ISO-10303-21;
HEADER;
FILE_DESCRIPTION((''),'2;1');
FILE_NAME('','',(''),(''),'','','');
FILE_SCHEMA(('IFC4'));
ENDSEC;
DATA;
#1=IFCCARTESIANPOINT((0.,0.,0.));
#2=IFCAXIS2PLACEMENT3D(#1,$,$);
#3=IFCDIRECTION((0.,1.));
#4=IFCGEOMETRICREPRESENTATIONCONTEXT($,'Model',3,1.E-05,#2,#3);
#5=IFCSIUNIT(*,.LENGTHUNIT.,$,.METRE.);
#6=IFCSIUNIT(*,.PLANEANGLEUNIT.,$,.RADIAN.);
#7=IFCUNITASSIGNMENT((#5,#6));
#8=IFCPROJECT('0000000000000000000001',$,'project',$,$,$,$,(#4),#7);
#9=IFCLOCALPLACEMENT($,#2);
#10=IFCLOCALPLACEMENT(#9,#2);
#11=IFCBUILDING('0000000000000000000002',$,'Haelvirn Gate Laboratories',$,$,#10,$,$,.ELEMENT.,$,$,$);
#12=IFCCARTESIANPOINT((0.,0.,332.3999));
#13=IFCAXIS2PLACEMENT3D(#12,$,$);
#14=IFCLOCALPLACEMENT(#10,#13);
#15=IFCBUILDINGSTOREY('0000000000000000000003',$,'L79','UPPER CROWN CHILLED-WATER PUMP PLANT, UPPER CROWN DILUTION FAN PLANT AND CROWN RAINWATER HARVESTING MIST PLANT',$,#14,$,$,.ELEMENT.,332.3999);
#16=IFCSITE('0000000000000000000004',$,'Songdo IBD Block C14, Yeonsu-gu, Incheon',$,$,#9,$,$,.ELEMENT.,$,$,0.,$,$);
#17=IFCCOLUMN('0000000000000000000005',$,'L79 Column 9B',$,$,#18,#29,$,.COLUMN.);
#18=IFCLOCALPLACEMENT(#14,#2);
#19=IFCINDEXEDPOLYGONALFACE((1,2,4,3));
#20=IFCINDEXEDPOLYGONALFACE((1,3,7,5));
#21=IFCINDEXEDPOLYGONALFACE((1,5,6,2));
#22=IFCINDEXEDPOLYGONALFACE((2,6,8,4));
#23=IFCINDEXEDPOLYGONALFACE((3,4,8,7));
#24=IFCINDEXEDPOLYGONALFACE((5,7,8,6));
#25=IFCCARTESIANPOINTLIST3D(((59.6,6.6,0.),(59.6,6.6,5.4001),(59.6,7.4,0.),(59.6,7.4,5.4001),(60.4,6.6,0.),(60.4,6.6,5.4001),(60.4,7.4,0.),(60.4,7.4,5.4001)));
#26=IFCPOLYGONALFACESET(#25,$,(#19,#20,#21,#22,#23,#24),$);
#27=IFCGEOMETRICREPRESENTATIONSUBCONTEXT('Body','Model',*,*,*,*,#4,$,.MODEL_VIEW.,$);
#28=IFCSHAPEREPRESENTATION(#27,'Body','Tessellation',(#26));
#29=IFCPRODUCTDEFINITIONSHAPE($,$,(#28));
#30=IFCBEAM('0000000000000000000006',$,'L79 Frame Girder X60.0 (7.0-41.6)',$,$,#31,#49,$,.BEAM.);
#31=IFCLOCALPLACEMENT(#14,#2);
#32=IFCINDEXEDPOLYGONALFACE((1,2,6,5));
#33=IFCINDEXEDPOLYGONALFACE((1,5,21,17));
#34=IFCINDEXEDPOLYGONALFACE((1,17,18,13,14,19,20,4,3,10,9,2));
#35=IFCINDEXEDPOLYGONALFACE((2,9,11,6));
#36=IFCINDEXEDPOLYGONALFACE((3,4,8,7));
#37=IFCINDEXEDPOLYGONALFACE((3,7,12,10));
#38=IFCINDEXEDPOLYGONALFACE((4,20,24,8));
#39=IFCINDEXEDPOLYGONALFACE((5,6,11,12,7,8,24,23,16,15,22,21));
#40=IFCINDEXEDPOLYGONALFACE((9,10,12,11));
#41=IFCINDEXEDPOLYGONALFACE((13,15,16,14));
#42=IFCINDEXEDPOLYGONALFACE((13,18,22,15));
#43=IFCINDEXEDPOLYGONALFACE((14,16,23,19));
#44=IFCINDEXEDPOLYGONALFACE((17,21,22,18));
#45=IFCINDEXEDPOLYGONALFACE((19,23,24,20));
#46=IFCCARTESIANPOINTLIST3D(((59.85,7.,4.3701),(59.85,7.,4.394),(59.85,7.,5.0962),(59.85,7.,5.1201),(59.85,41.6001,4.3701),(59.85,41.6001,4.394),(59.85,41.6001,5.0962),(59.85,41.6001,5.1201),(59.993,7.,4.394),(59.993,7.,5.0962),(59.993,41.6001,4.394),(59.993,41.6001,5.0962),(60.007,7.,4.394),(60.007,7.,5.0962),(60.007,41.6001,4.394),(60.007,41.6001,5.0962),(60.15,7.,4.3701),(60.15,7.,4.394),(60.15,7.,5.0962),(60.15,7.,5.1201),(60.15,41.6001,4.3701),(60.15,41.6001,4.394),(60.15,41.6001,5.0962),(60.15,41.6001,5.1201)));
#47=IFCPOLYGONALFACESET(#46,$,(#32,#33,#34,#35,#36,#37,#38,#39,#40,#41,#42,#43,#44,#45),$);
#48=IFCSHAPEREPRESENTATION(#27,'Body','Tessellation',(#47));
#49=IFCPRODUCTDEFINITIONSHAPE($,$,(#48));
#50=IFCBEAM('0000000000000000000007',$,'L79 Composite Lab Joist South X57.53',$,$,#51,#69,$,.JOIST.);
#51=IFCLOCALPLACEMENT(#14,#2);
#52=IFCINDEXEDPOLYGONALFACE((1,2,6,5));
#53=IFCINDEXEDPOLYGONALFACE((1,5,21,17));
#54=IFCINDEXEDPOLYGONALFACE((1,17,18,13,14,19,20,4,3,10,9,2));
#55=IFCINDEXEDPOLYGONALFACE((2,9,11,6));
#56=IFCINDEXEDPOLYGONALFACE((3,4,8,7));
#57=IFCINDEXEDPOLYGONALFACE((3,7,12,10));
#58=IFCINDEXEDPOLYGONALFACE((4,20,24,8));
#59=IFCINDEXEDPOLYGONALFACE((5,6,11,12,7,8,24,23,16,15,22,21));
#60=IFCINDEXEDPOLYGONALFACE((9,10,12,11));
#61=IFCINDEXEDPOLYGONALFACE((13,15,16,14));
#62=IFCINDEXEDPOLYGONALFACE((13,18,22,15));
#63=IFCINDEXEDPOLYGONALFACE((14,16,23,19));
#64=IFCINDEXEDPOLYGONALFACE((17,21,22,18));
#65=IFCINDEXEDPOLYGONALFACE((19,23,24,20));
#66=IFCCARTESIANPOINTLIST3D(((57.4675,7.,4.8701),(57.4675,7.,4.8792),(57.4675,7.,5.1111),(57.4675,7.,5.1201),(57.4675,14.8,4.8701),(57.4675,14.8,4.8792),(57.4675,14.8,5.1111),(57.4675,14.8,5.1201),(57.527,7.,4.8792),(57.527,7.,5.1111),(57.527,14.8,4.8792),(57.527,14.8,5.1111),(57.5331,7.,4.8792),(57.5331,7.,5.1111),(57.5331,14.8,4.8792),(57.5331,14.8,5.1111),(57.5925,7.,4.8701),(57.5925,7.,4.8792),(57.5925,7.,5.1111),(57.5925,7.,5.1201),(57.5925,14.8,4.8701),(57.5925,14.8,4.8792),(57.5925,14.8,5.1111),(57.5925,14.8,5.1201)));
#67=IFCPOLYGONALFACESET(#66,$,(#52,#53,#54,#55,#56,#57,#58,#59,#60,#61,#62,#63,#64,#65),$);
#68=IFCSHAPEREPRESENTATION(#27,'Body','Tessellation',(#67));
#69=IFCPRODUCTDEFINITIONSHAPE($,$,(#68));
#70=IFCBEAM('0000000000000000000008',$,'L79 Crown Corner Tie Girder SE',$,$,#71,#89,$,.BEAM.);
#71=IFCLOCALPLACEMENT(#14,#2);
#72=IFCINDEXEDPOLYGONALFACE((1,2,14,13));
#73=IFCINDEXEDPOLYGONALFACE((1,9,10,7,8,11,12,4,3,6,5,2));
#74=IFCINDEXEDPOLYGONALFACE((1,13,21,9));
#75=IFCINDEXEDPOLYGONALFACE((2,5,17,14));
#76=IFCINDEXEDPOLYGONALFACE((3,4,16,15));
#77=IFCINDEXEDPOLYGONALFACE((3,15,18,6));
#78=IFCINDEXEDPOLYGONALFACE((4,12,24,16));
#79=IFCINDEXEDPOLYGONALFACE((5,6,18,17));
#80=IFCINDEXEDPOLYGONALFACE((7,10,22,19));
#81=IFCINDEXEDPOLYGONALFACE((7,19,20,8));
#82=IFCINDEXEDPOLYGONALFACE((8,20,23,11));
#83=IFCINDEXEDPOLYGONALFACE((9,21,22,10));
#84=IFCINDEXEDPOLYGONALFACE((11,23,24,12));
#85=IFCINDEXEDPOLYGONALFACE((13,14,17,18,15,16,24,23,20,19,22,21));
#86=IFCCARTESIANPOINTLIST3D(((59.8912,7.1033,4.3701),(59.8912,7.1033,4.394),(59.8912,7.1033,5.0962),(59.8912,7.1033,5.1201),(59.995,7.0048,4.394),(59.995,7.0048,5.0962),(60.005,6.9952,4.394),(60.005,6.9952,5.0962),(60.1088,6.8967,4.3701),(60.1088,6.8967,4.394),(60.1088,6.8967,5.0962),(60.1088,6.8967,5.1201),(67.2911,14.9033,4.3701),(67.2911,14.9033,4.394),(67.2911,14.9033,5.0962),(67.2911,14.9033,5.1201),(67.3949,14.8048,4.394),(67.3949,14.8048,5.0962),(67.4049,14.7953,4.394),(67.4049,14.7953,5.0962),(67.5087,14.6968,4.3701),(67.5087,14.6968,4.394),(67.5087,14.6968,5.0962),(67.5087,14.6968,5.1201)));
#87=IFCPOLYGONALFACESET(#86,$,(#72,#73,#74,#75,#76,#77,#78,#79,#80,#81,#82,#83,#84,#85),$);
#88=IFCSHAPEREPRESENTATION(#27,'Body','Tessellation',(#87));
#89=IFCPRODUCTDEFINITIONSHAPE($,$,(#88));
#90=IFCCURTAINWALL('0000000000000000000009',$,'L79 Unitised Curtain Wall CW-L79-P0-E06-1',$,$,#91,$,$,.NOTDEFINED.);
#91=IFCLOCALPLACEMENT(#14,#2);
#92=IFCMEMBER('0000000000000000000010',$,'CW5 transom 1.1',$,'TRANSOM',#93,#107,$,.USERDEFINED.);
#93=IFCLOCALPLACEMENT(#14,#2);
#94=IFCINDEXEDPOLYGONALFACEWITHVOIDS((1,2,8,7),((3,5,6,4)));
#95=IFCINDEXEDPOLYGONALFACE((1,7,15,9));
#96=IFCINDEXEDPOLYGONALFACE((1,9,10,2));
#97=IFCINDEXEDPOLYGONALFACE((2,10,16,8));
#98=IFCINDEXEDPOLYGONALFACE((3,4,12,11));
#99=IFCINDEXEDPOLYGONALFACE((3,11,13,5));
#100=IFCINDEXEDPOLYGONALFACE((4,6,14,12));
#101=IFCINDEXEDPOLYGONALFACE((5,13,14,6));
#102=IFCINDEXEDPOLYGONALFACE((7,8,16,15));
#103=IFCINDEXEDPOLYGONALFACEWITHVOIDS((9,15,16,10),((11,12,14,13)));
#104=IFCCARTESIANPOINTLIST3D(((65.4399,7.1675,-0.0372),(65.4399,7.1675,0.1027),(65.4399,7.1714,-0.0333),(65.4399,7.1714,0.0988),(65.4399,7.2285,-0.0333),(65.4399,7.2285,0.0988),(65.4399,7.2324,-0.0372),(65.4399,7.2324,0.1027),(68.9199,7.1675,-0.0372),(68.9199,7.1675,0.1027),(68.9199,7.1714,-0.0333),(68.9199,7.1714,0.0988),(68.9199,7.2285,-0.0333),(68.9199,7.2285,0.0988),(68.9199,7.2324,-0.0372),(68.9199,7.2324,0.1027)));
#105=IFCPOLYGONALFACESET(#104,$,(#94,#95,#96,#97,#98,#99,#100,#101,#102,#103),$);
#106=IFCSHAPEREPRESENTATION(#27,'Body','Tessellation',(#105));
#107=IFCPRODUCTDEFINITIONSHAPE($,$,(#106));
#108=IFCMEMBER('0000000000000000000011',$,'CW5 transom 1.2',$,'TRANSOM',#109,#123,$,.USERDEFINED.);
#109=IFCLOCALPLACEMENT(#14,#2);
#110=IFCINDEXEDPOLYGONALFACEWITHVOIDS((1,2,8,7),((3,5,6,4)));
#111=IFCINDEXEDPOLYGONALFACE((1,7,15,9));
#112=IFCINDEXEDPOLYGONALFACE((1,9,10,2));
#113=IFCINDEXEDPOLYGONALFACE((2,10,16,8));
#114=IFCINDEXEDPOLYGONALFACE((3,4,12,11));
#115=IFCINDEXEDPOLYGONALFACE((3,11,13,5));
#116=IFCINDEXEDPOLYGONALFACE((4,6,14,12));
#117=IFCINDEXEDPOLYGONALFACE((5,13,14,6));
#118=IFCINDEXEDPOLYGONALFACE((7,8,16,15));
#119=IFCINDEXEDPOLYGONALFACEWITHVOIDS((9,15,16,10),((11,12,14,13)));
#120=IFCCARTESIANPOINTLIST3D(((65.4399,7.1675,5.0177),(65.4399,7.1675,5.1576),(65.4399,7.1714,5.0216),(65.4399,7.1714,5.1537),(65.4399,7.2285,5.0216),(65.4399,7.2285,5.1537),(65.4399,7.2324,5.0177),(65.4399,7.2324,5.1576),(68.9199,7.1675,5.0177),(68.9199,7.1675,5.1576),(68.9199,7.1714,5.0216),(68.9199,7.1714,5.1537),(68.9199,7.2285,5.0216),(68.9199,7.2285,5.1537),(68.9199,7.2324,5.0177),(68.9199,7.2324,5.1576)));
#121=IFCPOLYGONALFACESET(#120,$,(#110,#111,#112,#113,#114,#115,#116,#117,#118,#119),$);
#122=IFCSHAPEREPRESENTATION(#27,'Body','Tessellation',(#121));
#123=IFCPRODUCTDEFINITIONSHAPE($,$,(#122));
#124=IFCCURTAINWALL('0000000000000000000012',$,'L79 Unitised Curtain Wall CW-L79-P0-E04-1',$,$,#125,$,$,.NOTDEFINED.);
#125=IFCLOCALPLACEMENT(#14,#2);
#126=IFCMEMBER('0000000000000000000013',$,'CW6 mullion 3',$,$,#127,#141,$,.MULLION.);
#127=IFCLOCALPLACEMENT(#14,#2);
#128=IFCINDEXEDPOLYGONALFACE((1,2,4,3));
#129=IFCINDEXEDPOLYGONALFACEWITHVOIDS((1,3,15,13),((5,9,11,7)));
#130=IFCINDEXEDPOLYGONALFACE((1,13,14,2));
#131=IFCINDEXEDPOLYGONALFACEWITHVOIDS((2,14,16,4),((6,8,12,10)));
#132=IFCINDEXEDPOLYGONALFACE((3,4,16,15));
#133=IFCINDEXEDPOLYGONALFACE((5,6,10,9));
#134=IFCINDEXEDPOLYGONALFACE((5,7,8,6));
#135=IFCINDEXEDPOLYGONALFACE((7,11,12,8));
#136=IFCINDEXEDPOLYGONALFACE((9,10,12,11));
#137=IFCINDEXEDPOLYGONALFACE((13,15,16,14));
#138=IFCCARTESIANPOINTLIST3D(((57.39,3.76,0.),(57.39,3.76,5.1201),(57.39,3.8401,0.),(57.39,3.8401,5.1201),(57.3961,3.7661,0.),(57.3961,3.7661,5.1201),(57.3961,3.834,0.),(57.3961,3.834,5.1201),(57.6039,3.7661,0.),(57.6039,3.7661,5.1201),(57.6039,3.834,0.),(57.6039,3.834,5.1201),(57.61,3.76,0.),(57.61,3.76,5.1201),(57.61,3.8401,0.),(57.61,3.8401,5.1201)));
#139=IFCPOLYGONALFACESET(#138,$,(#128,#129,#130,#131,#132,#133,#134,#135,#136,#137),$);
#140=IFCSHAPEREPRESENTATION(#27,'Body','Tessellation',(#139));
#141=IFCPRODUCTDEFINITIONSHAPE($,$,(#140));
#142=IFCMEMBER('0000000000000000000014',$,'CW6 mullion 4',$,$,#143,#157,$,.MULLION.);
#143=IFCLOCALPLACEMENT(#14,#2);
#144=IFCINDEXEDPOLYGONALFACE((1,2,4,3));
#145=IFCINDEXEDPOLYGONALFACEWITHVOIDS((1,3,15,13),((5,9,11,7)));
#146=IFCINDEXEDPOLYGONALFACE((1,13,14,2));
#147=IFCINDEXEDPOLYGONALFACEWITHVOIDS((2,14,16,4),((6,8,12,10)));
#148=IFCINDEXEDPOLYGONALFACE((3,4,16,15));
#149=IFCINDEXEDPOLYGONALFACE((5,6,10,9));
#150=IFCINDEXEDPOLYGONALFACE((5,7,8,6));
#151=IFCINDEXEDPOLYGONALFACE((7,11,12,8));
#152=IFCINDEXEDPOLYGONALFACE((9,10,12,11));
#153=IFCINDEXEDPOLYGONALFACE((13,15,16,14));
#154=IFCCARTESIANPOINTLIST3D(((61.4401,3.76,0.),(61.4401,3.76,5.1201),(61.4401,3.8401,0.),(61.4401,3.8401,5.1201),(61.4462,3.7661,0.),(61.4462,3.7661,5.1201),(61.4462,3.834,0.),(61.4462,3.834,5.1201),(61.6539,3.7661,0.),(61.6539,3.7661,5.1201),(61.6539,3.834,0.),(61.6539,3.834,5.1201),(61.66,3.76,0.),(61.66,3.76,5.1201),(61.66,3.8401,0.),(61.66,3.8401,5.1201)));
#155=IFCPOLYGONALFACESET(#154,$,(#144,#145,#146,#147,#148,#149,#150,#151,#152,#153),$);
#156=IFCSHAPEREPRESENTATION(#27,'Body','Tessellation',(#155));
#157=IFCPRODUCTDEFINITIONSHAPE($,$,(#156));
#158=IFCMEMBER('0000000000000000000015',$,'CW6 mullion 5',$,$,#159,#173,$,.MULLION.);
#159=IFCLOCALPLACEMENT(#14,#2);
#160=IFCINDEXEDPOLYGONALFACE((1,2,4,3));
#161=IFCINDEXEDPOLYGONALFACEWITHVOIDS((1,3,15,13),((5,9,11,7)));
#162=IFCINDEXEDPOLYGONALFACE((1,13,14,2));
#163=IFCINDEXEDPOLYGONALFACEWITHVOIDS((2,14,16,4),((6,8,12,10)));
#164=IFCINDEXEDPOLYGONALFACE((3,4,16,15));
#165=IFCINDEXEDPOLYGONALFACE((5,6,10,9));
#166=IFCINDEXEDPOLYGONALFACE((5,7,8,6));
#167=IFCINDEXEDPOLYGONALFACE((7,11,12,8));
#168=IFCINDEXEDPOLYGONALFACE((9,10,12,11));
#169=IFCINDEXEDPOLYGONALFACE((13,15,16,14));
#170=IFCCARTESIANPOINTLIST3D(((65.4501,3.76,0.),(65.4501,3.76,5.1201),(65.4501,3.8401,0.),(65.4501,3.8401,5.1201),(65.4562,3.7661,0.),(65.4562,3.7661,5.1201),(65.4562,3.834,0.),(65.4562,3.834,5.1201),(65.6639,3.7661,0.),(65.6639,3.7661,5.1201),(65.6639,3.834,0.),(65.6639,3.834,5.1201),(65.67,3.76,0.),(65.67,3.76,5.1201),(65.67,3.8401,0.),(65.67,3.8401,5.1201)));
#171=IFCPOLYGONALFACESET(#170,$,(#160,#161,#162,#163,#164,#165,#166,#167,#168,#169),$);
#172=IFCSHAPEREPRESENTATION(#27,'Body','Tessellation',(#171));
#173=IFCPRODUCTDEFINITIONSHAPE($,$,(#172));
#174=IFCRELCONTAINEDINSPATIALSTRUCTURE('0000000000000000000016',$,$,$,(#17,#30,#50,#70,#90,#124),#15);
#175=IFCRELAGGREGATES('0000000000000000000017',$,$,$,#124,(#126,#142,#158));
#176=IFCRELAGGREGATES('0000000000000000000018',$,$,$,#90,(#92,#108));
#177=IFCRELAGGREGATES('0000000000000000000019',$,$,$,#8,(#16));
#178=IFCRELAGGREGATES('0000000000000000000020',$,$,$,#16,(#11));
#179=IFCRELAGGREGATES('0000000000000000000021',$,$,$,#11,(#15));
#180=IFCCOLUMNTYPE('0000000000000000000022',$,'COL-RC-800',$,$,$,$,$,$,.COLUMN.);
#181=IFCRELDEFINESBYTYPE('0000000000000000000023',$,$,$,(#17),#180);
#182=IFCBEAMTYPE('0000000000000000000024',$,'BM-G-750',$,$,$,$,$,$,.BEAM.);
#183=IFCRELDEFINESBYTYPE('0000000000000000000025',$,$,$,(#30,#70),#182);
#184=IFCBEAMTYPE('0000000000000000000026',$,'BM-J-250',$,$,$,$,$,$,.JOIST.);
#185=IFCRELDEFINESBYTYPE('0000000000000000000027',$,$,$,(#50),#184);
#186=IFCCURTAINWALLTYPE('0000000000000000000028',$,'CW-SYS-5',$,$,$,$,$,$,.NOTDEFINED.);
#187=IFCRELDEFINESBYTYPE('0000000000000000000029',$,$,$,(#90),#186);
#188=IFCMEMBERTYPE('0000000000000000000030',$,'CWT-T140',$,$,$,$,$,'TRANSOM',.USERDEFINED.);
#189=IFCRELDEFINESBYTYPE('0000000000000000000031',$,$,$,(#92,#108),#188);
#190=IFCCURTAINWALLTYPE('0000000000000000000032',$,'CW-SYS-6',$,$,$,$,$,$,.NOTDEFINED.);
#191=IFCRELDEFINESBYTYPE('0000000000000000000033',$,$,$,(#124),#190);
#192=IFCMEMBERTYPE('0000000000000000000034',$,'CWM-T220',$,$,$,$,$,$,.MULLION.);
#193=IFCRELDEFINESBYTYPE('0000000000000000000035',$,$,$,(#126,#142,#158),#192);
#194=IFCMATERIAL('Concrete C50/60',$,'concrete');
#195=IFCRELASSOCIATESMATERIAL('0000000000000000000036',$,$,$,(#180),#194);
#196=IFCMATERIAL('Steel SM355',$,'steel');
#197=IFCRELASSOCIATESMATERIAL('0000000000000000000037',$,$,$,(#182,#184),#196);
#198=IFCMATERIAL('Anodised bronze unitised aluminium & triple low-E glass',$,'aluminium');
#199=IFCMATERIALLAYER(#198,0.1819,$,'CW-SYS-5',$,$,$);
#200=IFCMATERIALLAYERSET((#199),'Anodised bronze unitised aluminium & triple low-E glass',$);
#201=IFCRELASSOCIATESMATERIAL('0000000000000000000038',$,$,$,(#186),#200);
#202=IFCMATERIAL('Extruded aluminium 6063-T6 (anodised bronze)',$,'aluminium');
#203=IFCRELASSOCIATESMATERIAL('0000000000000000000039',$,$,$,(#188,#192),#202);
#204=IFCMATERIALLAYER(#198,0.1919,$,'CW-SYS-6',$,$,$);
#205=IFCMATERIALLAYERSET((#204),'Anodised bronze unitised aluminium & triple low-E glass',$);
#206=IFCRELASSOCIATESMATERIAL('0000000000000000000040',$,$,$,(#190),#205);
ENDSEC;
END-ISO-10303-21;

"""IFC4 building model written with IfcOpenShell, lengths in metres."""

from ifc_helpers import new_model, si_unit, direction, frame, origin, origin_2d, place, context, subcontext, project, spatial, rectangle, hollow_rectangle, i_section, extrude, source, transform, mapped, material, layer, layer_set, material_profile, profile_set, type_object, type_shapes, element, aggregate, save


model = new_model("IFC4")

# Units and contexts
model_context = context("Model", 3, precision=1e-05, world=origin(), true_north=direction((0.0, 1.0)))
body_context = subcontext(model_context, "Body", "Model", "MODEL_VIEW")
ifc_project = project(units=[si_unit("LENGTHUNIT", "METRE"), si_unit("PLANEANGLEUNIT", "RADIAN")], contexts=[model_context])

# Site, building, storey
site_placement = place(None, origin())
site = spatial("IfcSite", under=ifc_project, at=site_placement, Name="Songdo IBD Block C14, Yeonsu-gu, Incheon", CompositionType="ELEMENT", RefElevation=0.0)
building_placement = place(site_placement, origin())
building = spatial("IfcBuilding", under=site, at=building_placement, Name="Haelvirn Gate Laboratories", CompositionType="ELEMENT")
storey_placement = place(building_placement, frame((0.0, 0.0, 332.3999)))
storey = spatial("IfcBuildingStorey", under=building, at=storey_placement, Name="L79", Description="UPPER CROWN CHILLED-WATER PUMP PLANT, UPPER CROWN DILUTION FAN PLANT AND CROWN RAINWATER HARVESTING MIST PLANT", CompositionType="ELEMENT", Elevation=332.3999)

# Column
ifc_material_1 = material(Name="Concrete C50/60", Category="concrete")
ifc_material_profile_1 = material_profile(ifc_material_1, rectangle(XDim=0.8, YDim=0.8, at=origin_2d()), Name="RC-800x800")
ifc_profile_set_1 = profile_set([ifc_material_profile_1], Name="Concrete C50/60")
column_type = type_object("IfcColumnType", Name="COL-RC-800", PredefinedType="COLUMN", material=ifc_profile_set_1)
shared_shape_1 = source(origin(), body_context, "Body", "SweptSolid", [
    extrude(rectangle(XDim=0.8, YDim=0.8, at=origin_2d()), origin(), (0.0, 0.0, 1.0), 5.4001),
])
type_shapes(column_type, [shared_shape_1])
column_placement = place(storey_placement, frame((60.0, 7.0, 0.0), z_axis=(0.0, 0.0, 1.0), x_axis=(1.0, 0.0, 0.0)))
element("IfcColumn", 1, at=column_placement, inside=storey, type_object=column_type, Name="L79 Column 9B", PredefinedType="COLUMN", context=body_context, shape_type="MappedRepresentation", body=[
    mapped(shared_shape_1, transform((0.0, 0.0, 0.0), scale=1.0)),
])

# Beams
ifc_material_2 = material(Name="Steel SM355", Category="steel")
ifc_material_profile_2 = material_profile(ifc_material_2, i_section(OverallWidth=0.3, OverallDepth=0.75, WebThickness=0.0139, FlangeThickness=0.0239, at=origin_2d()), Name="H-750x300x14x24")
ifc_profile_set_2 = profile_set([ifc_material_profile_2], Name="Steel SM355")
beam_type_1 = type_object("IfcBeamType", Name="BM-G-750", PredefinedType="BEAM", material=ifc_profile_set_2)
shared_shape_2 = source(origin(), body_context, "Body", "SweptSolid", [
    extrude(i_section(OverallWidth=0.3, OverallDepth=0.75, WebThickness=0.0139, FlangeThickness=0.0239, at=origin_2d()), origin(), (0.0, 0.0, 1.0), 34.6001),
])
beam_1_placement = place(storey_placement, frame((60.0, 7.0, 4.7451), z_axis=(0.0, 1.0, 0.0), x_axis=(-1.0, 0.0, 0.0)))
element("IfcBeam", 2, at=beam_1_placement, inside=storey, type_object=beam_type_1, Name="L79 Frame Girder X60.0 (7.0-41.6)", PredefinedType="BEAM", context=body_context, shape_type="MappedRepresentation", body=[
    mapped(shared_shape_2, transform((0.0, 0.0, 0.0), scale=1.0)),
])
ifc_material_profile_3 = material_profile(ifc_material_2, i_section(OverallWidth=0.125, OverallDepth=0.25, WebThickness=0.0061, FlangeThickness=0.009, at=origin_2d()), Name="H-250x125x6x9")
ifc_profile_set_3 = profile_set([ifc_material_profile_3], Name="Steel SM355")
beam_type_2 = type_object("IfcBeamType", Name="BM-J-250", PredefinedType="JOIST", material=ifc_profile_set_3)
shared_shape_3 = source(origin(), body_context, "Body", "SweptSolid", [
    extrude(i_section(OverallWidth=0.125, OverallDepth=0.25, WebThickness=0.0061, FlangeThickness=0.009, at=origin_2d()), origin(), (0.0, 0.0, 1.0), 7.8),
])
type_shapes(beam_type_2, [shared_shape_3])
beam_2_placement = place(storey_placement, frame((57.53, 7.0, 4.9951), z_axis=(0.0, 1.0, 0.0), x_axis=(-1.0, 0.0, 0.0)))
element("IfcBeam", 3, at=beam_2_placement, inside=storey, type_object=beam_type_2, Name="L79 Composite Lab Joist South X57.53", PredefinedType="JOIST", context=body_context, shape_type="MappedRepresentation", body=[
    mapped(shared_shape_3, transform((0.0, 0.0, 0.0), scale=1.0)),
])
shared_shape_4 = source(origin(), body_context, "Body", "SweptSolid", [
    extrude(i_section(OverallWidth=0.3, OverallDepth=0.75, WebThickness=0.0139, FlangeThickness=0.0239, at=origin_2d()), origin(), (0.0, 0.0, 1.0), 10.7517),
])
type_shapes(beam_type_1, [shared_shape_2, shared_shape_4])
beam_3_placement = place(storey_placement, frame((60.0, 7.0, 4.7451), z_axis=(0.688253, 0.72547, 0.0), x_axis=(-0.72547, 0.688253, 0.0)))
element("IfcBeam", 4, at=beam_3_placement, inside=storey, type_object=beam_type_1, Name="L79 Crown Corner Tie Girder SE", PredefinedType="BEAM", context=body_context, shape_type="MappedRepresentation", body=[
    mapped(shared_shape_4, transform((0.0, 0.0, 0.0), scale=1.0)),
])

# Curtain walls, members
ifc_material_3 = material(Name="Anodised bronze unitised aluminium & triple low-E glass", Category="aluminium")
ifc_layer_1 = layer(ifc_material_3, 0.1819, Name="CW-SYS-5")
ifc_layer_set_1 = layer_set([ifc_layer_1], Name="Anodised bronze unitised aluminium & triple low-E glass")
curtain_wall_type_1 = type_object("IfcCurtainWallType", Name="CW-SYS-5", PredefinedType="NOTDEFINED", material=ifc_layer_set_1)
curtain_wall_1_placement = place(storey_placement, origin())
curtain_wall_1 = element("IfcCurtainWall", 5, at=curtain_wall_1_placement, inside=storey, type_object=curtain_wall_type_1, Name="L79 Unitised Curtain Wall CW-L79-P0-E06-1", PredefinedType="NOTDEFINED")
ifc_material_4 = material(Name="Extruded aluminium 6063-T6 (anodised bronze)", Category="aluminium")
ifc_material_profile_4 = material_profile(ifc_material_4, hollow_rectangle(XDim=0.0649, YDim=0.1399, WallThickness=0.0039, at=origin_2d()), Name="CWT-140x65x4")
ifc_profile_set_4 = profile_set([ifc_material_profile_4], Name="Extruded aluminium 6063-T6 (anodised bronze)")
member_type_1 = type_object("IfcMemberType", Name="CWT-T140", ElementType="TRANSOM", PredefinedType="USERDEFINED", material=ifc_profile_set_4)
shared_shape_5 = source(origin(), body_context, "Body", "SweptSolid", [
    extrude(hollow_rectangle(XDim=0.0649, YDim=0.1399, WallThickness=0.0039, at=origin_2d()), origin(), (0.0, 0.0, 1.0), 3.48),
])
type_shapes(member_type_1, [shared_shape_5])
member_1_placement = place(storey_placement, frame((65.4399, 7.2, 0.0327), z_axis=(1.0, 0.0, 0.0), x_axis=(0.0, 1.0, 0.0)))
member_1 = element("IfcMember", 6, at=member_1_placement, type_object=member_type_1, Name="CW5 transom 1.1", ObjectType="TRANSOM", PredefinedType="USERDEFINED", context=body_context, shape_type="MappedRepresentation", body=[
    mapped(shared_shape_5, transform((0.0, 0.0, 0.0), scale=1.0)),
])
member_2_placement = place(storey_placement, frame((65.4399, 7.2, 5.0876), z_axis=(1.0, 0.0, 0.0), x_axis=(0.0, 1.0, 0.0)))
member_2 = element("IfcMember", 7, at=member_2_placement, type_object=member_type_1, Name="CW5 transom 1.2", ObjectType="TRANSOM", PredefinedType="USERDEFINED", context=body_context, shape_type="MappedRepresentation", body=[
    mapped(shared_shape_5, transform((0.0, 0.0, 0.0), scale=1.0)),
])
ifc_layer_2 = layer(ifc_material_3, 0.1919, Name="CW-SYS-6")
ifc_layer_set_2 = layer_set([ifc_layer_2], Name="Anodised bronze unitised aluminium & triple low-E glass")
curtain_wall_type_2 = type_object("IfcCurtainWallType", Name="CW-SYS-6", PredefinedType="NOTDEFINED", material=ifc_layer_set_2)
curtain_wall_2_placement = place(storey_placement, origin())
curtain_wall_2 = element("IfcCurtainWall", 8, at=curtain_wall_2_placement, inside=storey, type_object=curtain_wall_type_2, Name="L79 Unitised Curtain Wall CW-L79-P0-E04-1", PredefinedType="NOTDEFINED")
ifc_material_profile_5 = material_profile(ifc_material_4, hollow_rectangle(XDim=0.0801, YDim=0.22, WallThickness=0.0061, at=origin_2d()), Name="CWM-220x80x6")
ifc_profile_set_5 = profile_set([ifc_material_profile_5], Name="Extruded aluminium 6063-T6 (anodised bronze)")
member_type_2 = type_object("IfcMemberType", Name="CWM-T220", PredefinedType="MULLION", material=ifc_profile_set_5)
shared_shape_6 = source(origin(), body_context, "Body", "SweptSolid", [
    extrude(hollow_rectangle(XDim=0.0801, YDim=0.22, WallThickness=0.0061, at=origin_2d()), origin(), (0.0, 0.0, 1.0), 5.1201),
])
type_shapes(member_type_2, [shared_shape_6])
member_3_placement = place(storey_placement, frame((57.5, 3.8, 0.0), z_axis=(0.0, 0.0, 1.0), x_axis=(0.0, 1.0, 0.0)))
member_3 = element("IfcMember", 9, at=member_3_placement, type_object=member_type_2, Name="CW6 mullion 3", PredefinedType="MULLION", context=body_context, shape_type="MappedRepresentation", body=[
    mapped(shared_shape_6, transform((0.0, 0.0, 0.0), scale=1.0)),
])
member_4_placement = place(storey_placement, frame((61.55, 3.8, 0.0), z_axis=(0.0, 0.0, 1.0), x_axis=(0.0, 1.0, 0.0)))
member_4 = element("IfcMember", 10, at=member_4_placement, type_object=member_type_2, Name="CW6 mullion 4", PredefinedType="MULLION", context=body_context, shape_type="MappedRepresentation", body=[
    mapped(shared_shape_6, transform((0.0, 0.0, 0.0), scale=1.0)),
])
member_5_placement = place(storey_placement, frame((65.5601, 3.8, 0.0), z_axis=(0.0, 0.0, 1.0), x_axis=(0.0, 1.0, 0.0)))
member_5 = element("IfcMember", 11, at=member_5_placement, type_object=member_type_2, Name="CW6 mullion 5", PredefinedType="MULLION", context=body_context, shape_type="MappedRepresentation", body=[
    mapped(shared_shape_6, transform((0.0, 0.0, 0.0), scale=1.0)),
])

aggregate(curtain_wall_2, [member_3, member_4, member_5])
aggregate(curtain_wall_1, [member_1, member_2])

save(model, "model.ifc")
